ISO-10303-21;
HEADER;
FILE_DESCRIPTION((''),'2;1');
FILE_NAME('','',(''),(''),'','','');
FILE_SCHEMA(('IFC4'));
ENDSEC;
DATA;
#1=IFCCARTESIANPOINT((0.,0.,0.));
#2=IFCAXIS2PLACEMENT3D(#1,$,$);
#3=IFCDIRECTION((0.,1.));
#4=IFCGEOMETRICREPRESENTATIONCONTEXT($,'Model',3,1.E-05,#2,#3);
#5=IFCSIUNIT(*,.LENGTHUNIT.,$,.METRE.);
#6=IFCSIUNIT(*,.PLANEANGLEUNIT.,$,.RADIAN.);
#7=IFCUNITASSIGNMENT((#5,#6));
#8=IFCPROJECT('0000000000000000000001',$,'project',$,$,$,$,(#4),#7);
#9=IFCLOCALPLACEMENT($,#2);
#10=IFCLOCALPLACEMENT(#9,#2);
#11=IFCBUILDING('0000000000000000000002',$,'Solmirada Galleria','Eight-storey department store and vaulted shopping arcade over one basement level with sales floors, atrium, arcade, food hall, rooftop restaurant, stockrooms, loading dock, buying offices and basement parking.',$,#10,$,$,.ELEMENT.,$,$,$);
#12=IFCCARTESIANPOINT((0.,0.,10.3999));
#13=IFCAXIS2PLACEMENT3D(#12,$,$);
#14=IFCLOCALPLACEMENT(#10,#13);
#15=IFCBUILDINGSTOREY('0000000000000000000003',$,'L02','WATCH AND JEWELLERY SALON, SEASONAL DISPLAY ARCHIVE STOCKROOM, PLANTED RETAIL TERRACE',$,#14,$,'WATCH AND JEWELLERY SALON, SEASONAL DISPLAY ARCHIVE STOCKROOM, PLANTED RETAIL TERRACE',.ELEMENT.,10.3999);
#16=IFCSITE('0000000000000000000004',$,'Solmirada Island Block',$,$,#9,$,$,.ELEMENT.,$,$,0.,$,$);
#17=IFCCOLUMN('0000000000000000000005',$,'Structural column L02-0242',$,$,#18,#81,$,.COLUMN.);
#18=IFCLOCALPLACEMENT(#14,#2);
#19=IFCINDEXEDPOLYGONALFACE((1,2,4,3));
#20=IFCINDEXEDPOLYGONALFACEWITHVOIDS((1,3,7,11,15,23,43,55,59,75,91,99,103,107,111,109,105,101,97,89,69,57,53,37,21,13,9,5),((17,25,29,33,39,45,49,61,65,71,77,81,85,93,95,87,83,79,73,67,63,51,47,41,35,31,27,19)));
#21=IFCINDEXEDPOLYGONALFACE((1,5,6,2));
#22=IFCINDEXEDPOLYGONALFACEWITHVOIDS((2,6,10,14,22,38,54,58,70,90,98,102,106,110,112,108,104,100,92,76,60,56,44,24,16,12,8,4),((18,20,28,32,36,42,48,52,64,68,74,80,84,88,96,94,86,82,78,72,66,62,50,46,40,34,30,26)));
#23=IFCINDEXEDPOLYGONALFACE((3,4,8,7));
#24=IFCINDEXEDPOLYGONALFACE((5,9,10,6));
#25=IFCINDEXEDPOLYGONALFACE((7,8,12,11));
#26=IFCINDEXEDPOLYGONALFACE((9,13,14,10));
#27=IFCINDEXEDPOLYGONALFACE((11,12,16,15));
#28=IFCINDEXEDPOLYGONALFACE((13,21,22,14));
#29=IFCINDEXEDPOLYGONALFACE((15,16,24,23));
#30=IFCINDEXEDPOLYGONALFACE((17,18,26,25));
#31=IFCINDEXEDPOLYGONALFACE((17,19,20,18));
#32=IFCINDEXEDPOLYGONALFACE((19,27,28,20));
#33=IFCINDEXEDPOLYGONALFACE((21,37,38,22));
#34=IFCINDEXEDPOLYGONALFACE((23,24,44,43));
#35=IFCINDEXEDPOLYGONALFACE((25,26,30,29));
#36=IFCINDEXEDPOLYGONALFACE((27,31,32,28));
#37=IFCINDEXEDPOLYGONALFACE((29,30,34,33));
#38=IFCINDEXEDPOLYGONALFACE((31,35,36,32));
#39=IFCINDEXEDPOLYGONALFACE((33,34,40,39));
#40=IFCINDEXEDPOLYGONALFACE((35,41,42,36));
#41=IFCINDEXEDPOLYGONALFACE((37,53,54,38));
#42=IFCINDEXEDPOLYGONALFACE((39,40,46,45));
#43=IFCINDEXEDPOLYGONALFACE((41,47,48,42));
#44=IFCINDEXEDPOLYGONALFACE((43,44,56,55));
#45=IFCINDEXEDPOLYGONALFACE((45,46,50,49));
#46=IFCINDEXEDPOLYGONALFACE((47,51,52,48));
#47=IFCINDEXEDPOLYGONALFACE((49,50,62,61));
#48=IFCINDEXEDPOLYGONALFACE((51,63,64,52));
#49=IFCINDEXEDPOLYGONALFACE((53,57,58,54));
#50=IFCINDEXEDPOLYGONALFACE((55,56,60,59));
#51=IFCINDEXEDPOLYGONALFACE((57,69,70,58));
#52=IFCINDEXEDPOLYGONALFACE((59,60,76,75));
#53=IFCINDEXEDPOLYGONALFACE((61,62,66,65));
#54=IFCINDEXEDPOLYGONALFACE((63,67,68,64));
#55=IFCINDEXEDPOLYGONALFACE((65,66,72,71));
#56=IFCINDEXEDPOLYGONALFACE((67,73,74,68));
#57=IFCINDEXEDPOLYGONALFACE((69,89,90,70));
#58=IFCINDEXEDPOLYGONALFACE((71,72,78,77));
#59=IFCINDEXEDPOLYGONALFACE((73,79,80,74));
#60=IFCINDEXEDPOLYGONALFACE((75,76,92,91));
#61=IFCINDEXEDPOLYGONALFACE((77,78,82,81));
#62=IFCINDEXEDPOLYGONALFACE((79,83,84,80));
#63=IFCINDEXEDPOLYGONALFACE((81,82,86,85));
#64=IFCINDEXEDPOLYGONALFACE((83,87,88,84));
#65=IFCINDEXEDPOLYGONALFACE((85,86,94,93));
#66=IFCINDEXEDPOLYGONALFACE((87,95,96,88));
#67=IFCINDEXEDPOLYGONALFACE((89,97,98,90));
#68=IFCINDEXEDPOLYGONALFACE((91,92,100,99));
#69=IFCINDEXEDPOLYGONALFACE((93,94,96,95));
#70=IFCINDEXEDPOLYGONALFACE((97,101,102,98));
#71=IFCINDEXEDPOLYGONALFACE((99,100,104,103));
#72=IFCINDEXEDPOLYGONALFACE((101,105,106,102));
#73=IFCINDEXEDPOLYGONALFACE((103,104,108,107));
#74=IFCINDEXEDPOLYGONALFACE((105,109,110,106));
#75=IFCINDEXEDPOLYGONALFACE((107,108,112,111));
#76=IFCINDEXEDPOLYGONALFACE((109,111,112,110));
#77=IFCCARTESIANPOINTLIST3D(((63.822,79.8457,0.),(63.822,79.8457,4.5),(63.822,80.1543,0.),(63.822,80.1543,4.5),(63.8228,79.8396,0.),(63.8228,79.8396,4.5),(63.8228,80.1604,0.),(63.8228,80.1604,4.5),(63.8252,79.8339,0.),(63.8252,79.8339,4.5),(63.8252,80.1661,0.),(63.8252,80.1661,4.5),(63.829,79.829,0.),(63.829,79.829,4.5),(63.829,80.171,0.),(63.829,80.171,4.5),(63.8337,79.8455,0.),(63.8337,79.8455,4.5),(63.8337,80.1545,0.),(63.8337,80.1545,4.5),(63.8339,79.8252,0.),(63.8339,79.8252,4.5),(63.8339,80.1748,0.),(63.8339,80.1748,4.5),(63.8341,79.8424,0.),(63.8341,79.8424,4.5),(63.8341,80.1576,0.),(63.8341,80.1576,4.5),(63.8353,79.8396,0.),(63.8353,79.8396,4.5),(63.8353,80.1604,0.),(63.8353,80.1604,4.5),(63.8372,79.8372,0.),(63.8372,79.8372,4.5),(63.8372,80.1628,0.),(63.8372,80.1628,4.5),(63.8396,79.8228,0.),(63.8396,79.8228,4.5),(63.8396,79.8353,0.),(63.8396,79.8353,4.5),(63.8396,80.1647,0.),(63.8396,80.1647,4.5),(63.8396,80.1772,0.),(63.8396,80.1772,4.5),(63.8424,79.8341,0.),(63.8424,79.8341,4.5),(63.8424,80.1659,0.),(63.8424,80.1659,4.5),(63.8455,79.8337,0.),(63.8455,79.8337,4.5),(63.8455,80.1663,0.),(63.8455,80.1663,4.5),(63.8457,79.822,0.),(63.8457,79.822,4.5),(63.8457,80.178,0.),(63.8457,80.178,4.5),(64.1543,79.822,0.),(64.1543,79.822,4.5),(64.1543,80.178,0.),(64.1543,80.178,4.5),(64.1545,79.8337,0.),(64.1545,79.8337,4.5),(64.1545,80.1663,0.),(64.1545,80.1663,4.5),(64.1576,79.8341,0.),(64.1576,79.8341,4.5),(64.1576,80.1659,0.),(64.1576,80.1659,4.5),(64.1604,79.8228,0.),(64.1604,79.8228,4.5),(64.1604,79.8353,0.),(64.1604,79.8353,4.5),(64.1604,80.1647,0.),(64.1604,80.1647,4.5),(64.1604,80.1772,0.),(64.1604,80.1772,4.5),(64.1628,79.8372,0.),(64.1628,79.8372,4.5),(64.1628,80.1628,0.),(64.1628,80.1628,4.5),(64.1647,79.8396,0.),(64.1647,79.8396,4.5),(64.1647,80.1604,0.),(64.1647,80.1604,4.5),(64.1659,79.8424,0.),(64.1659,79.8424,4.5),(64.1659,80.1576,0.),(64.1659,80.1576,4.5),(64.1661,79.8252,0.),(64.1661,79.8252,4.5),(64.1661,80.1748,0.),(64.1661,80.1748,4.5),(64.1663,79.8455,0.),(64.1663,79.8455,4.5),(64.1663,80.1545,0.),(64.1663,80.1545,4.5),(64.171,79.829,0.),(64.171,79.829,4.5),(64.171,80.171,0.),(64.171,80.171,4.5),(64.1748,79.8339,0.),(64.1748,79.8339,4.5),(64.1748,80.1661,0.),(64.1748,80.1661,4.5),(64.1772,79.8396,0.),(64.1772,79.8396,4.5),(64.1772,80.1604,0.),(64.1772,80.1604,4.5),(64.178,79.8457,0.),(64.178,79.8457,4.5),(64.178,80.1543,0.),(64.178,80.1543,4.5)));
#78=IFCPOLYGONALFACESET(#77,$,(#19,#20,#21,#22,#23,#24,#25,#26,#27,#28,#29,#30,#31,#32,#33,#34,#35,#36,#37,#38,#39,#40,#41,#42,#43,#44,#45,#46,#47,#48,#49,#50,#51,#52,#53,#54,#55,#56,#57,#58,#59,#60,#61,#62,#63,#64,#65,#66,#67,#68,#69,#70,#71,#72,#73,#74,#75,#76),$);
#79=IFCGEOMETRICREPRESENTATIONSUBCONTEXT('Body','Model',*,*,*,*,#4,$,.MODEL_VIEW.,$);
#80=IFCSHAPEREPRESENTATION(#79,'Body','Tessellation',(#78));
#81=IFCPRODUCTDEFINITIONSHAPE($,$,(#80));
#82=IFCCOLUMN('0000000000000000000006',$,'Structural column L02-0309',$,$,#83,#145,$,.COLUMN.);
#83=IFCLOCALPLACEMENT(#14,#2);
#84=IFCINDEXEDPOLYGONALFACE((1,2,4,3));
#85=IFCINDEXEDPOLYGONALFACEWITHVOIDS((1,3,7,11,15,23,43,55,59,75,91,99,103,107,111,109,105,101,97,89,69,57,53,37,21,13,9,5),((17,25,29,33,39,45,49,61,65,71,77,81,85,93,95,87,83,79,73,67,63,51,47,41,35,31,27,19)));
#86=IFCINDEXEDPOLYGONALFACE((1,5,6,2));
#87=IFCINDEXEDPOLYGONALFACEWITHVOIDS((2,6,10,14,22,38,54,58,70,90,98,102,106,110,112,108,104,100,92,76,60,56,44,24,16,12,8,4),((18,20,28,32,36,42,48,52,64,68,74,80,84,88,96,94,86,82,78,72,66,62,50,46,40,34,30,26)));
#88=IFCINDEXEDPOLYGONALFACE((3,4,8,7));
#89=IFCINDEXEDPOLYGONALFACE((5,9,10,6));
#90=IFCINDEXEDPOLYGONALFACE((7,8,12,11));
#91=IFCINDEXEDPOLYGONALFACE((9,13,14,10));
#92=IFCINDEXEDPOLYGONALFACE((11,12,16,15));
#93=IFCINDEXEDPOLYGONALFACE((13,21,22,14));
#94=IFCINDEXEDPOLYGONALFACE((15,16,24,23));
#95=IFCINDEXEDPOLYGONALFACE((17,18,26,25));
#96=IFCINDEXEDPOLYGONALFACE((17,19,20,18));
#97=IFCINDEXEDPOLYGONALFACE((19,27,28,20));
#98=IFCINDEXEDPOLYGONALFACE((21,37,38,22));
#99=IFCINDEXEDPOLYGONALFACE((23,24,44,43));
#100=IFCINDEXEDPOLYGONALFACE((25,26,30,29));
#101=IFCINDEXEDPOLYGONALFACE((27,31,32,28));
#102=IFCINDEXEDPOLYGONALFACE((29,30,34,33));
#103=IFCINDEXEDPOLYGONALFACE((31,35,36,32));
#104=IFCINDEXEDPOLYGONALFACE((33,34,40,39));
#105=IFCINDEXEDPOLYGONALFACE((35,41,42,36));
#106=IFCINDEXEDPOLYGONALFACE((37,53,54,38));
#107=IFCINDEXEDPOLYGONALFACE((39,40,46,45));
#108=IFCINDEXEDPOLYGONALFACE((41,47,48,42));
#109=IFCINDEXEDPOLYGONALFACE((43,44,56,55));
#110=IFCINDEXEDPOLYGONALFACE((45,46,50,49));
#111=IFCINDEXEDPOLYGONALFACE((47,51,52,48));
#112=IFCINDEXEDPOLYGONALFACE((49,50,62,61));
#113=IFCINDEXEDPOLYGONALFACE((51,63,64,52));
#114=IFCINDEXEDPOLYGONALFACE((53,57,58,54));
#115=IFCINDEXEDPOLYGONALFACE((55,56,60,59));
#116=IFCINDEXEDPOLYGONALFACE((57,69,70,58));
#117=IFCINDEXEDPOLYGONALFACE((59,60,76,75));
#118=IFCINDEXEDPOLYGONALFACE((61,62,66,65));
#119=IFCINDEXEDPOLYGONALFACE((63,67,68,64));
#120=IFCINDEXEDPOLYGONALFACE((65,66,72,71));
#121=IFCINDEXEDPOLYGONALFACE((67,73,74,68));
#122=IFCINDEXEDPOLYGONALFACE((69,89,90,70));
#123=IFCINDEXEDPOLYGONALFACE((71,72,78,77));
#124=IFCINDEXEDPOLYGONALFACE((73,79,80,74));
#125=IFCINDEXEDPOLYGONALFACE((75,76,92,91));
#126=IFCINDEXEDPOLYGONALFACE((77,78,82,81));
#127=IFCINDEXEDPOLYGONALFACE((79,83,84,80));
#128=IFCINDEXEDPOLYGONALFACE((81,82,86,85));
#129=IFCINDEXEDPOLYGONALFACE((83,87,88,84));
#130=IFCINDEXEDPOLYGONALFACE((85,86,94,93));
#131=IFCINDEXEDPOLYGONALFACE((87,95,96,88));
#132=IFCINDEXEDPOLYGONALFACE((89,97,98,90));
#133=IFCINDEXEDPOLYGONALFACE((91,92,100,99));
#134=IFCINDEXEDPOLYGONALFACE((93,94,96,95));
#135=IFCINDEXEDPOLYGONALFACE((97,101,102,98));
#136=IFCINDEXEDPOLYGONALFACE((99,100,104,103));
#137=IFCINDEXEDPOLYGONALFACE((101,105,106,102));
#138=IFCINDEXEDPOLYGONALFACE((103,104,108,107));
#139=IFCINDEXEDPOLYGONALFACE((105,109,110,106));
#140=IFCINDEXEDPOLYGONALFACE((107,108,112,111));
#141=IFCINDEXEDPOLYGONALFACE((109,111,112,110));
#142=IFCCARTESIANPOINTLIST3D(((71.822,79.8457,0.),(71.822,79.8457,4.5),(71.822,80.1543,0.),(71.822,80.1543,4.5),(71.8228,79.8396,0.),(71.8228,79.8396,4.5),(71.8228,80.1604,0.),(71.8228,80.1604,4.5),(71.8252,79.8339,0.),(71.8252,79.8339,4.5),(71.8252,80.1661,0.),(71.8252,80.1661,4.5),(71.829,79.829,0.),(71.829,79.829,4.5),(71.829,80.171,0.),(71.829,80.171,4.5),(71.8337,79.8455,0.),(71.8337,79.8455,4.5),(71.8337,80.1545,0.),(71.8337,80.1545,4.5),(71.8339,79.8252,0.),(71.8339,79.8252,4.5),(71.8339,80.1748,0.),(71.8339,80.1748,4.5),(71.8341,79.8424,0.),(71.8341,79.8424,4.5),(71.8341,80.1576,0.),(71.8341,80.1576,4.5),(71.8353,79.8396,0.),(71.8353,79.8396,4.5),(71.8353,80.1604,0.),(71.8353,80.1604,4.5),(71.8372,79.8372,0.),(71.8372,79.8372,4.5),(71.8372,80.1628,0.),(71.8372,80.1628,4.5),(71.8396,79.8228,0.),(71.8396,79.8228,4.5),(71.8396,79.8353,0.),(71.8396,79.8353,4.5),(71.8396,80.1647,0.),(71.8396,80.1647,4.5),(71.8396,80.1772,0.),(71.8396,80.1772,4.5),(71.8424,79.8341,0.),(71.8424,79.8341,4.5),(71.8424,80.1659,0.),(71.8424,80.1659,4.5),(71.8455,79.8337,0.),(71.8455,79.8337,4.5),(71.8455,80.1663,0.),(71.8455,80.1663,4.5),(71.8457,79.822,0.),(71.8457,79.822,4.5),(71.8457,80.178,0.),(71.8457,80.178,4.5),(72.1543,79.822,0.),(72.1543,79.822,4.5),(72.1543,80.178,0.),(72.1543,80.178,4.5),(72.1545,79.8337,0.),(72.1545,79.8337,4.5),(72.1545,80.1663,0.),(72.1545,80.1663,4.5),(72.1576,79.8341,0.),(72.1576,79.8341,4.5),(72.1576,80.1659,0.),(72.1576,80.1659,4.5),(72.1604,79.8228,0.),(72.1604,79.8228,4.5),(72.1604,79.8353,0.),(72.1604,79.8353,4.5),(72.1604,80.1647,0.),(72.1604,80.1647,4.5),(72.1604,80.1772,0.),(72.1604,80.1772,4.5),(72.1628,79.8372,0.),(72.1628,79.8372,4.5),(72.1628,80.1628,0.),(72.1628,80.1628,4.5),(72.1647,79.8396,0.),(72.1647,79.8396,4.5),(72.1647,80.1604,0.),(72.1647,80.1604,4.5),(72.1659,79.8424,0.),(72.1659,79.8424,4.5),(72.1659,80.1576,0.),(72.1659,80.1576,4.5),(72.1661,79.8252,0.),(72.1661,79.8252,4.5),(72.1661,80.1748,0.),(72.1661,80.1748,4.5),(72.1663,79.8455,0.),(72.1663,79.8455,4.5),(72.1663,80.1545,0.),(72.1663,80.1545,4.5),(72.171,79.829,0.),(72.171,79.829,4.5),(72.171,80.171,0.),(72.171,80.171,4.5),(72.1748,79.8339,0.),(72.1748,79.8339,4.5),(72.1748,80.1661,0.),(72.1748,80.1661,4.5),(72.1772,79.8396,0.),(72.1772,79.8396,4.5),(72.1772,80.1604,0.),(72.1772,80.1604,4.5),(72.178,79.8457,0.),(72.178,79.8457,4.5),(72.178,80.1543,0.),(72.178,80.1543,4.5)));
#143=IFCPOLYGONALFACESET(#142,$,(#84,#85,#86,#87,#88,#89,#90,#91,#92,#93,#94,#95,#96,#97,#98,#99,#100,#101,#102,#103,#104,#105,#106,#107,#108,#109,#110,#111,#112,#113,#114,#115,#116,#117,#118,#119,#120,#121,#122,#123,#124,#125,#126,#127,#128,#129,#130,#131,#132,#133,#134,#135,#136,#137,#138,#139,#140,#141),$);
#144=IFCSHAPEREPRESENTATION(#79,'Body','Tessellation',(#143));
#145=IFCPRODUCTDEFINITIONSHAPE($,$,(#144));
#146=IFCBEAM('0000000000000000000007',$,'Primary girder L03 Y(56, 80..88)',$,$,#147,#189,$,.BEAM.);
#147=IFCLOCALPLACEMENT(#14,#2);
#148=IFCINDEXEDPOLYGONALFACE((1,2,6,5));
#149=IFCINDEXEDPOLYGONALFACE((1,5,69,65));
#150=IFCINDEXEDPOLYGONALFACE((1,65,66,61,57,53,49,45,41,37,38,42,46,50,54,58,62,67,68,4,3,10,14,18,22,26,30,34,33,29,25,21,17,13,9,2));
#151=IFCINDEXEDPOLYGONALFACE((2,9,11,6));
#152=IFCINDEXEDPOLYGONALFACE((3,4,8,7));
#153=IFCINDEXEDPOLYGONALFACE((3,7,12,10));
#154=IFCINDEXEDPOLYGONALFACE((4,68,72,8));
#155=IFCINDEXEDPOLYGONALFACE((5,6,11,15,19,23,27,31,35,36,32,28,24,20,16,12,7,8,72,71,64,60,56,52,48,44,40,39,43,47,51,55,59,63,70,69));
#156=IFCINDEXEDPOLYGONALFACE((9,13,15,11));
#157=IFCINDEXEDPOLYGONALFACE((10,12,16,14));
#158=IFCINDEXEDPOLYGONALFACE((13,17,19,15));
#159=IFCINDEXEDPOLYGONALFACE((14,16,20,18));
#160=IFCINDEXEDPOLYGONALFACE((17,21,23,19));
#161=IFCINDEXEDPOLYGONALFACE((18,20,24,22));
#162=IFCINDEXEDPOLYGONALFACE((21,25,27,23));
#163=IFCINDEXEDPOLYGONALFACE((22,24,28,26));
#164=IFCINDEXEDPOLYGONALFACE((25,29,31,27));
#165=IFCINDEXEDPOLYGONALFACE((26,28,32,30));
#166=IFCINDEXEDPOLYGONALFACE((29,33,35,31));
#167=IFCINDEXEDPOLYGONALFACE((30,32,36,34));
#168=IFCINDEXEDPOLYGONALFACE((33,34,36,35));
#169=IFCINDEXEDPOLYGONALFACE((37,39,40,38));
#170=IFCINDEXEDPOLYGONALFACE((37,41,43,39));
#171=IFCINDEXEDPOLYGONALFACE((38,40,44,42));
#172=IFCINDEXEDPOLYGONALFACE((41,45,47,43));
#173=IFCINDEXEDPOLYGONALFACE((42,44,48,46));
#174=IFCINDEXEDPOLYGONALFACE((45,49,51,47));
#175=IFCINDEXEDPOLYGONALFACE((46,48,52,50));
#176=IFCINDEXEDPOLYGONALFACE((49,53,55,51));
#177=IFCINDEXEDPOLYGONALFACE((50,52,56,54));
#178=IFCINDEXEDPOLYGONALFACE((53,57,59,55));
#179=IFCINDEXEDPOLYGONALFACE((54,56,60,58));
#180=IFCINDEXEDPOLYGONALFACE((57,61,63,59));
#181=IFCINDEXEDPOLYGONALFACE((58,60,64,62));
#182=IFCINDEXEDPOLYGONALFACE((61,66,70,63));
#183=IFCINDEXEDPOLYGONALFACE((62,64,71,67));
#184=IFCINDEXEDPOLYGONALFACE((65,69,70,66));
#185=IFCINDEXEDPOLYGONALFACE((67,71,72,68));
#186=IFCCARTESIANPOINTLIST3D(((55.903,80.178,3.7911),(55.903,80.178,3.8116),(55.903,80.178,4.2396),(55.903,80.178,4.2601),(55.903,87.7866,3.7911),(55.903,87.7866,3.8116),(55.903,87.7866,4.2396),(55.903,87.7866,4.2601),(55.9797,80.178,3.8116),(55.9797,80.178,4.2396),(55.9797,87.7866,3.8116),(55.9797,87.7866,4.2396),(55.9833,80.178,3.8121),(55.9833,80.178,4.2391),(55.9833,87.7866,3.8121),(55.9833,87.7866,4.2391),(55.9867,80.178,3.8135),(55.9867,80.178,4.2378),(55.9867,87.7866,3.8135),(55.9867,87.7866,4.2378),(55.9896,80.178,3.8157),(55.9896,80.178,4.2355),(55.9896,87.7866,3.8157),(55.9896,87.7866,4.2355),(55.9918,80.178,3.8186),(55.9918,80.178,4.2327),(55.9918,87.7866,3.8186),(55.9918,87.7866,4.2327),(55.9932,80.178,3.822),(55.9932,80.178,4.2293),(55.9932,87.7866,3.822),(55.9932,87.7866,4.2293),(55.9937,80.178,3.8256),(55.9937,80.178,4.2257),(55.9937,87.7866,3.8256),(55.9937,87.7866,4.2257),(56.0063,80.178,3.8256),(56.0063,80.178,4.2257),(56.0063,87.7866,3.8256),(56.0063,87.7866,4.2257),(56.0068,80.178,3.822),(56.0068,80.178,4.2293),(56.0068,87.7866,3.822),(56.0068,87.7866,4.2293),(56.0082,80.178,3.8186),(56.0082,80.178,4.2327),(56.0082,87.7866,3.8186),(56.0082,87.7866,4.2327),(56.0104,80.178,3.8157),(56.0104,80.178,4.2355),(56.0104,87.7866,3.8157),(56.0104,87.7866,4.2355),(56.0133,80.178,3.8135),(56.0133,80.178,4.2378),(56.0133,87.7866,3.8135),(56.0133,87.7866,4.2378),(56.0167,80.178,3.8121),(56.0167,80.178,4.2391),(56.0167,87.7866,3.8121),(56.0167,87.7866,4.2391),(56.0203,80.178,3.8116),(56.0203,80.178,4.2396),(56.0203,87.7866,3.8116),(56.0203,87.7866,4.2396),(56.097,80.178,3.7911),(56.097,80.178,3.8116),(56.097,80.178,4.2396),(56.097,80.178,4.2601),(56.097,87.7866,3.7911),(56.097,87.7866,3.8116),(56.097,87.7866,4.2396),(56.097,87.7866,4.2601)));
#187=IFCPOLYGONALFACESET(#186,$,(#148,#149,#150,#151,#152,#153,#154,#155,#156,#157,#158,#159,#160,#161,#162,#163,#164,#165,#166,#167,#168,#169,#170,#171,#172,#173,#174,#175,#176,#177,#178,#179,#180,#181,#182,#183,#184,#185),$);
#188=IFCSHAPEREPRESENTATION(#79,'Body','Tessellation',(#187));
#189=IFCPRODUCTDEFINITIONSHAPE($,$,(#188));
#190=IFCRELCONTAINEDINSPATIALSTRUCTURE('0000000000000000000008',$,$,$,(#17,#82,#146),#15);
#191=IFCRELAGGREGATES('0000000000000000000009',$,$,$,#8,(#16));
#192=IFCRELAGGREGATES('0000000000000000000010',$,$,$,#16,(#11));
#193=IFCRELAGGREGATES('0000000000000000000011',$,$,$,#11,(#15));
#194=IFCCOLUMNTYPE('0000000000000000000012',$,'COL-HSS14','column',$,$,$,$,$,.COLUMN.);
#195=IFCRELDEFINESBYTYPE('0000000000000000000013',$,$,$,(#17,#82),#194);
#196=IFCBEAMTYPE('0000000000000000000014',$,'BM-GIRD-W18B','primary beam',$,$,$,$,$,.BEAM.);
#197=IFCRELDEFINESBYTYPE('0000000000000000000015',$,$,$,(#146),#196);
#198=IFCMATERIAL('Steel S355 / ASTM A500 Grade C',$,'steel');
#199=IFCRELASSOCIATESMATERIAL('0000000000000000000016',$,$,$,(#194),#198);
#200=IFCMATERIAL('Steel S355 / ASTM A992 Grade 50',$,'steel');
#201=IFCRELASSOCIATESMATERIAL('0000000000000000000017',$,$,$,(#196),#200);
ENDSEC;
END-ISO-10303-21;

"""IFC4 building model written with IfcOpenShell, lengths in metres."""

from ifc_helpers import new_model, si_unit, direction, frame, origin, origin_2d, place, context, subcontext, project, spatial, hollow_rectangle, i_section, extrude, material, material_profile, profile_set, type_object, element, save


model = new_model("IFC4")

# Units and contexts
model_context = context("Model", 3, precision=1e-05, world=origin(), true_north=direction((0.0, 1.0)))
body_context = subcontext(model_context, "Body", "Model", "MODEL_VIEW")
ifc_project = project(units=[si_unit("LENGTHUNIT", "METRE"), si_unit("PLANEANGLEUNIT", "RADIAN")], contexts=[model_context])

# Site, building, storey
site_placement = place(None, origin())
site = spatial("IfcSite", under=ifc_project, at=site_placement, Name="Solmirada Island Block", CompositionType="ELEMENT", RefElevation=0.0)
building_placement = place(site_placement, origin())
building = spatial("IfcBuilding", under=site, at=building_placement, Name="Solmirada Galleria", Description="Eight-storey department store and vaulted shopping arcade over one basement level with sales floors, atrium, arcade, food hall, rooftop restaurant, stockrooms, loading dock, buying offices and basement parking.", CompositionType="ELEMENT")
storey_placement = place(building_placement, frame((0.0, 0.0, 10.3999)))
storey = spatial("IfcBuildingStorey", under=building, at=storey_placement, Name="L02", Description="WATCH AND JEWELLERY SALON, SEASONAL DISPLAY ARCHIVE STOCKROOM, PLANTED RETAIL TERRACE", LongName="WATCH AND JEWELLERY SALON, SEASONAL DISPLAY ARCHIVE STOCKROOM, PLANTED RETAIL TERRACE", CompositionType="ELEMENT", Elevation=10.3999)

# Columns
ifc_material_1 = material(Name="Steel S355 / ASTM A500 Grade C", Category="steel")
ifc_material_profile_1 = material_profile(ifc_material_1, hollow_rectangle(XDim=0.356, YDim=0.356, WallThickness=0.0117, InnerFilletRadius=0.0117, OuterFilletRadius=0.0237, at=origin_2d()), Name="HSS14X14X1/2")
ifc_profile_set_1 = profile_set([ifc_material_profile_1], Name="Steel S355 / ASTM A500 Grade C")
column_type = type_object("IfcColumnType", Name="COL-HSS14", Description="column", PredefinedType="COLUMN", material=ifc_profile_set_1)
for number, where, z_axis, x_axis, name in (
    (1, (64.0, 80.0, 0.0), (0.0, 0.0, 1.0), (1.0, 0.0, 0.0), "Structural column L02-0242"),
    (2, (72.0, 80.0, 0.0), (0.0, 0.0, 1.0), (1.0, 0.0, 0.0), "Structural column L02-0309"),
):
    element("IfcColumn", number, at=place(storey_placement, frame(where, z_axis=z_axis, x_axis=x_axis)), inside=storey, type_object=column_type, Name=name, PredefinedType="COLUMN", context=body_context, shape_type="SweptSolid", body=[
        extrude(hollow_rectangle(XDim=0.356, YDim=0.356, WallThickness=0.0117, InnerFilletRadius=0.0117, OuterFilletRadius=0.0237, at=origin_2d()), origin(), (0.0, 0.0, 1.0), 4.5),
    ])

# Beam
ifc_material_2 = material(Name="Steel S355 / ASTM A992 Grade 50", Category="steel")
ifc_material_profile_2 = material_profile(ifc_material_2, i_section(OverallWidth=0.1941, OverallDepth=0.469, WebThickness=0.0127, FlangeThickness=0.0205, FilletRadius=0.0139, at=origin_2d()), Name="W18X71")
ifc_profile_set_2 = profile_set([ifc_material_profile_2], Name="Steel S355 / ASTM A992 Grade 50")
beam_type_1 = type_object("IfcBeamType", Name="BM-GIRD-W18B", Description="primary beam", PredefinedType="BEAM", material=ifc_profile_set_2)
for number, where, z_axis, x_axis, name in (
    (3, (56.0, 80.178, 4.0256), (0.0, 1.0, 0.0), (-1.0, 0.0, 0.0), "Primary girder L03 Y(56, 80..88)"),
):
    element("IfcBeam", number, at=place(storey_placement, frame(where, z_axis=z_axis, x_axis=x_axis)), inside=storey, type_object=beam_type_1, Name=name, PredefinedType="BEAM", context=body_context, shape_type="SweptSolid", body=[
        extrude(i_section(OverallWidth=0.1941, OverallDepth=0.469, WebThickness=0.0127, FlangeThickness=0.0205, FilletRadius=0.0139, at=origin_2d()), origin(), (0.0, 0.0, 1.0), 7.6086),
    ])

save(model, "model.ifc")
